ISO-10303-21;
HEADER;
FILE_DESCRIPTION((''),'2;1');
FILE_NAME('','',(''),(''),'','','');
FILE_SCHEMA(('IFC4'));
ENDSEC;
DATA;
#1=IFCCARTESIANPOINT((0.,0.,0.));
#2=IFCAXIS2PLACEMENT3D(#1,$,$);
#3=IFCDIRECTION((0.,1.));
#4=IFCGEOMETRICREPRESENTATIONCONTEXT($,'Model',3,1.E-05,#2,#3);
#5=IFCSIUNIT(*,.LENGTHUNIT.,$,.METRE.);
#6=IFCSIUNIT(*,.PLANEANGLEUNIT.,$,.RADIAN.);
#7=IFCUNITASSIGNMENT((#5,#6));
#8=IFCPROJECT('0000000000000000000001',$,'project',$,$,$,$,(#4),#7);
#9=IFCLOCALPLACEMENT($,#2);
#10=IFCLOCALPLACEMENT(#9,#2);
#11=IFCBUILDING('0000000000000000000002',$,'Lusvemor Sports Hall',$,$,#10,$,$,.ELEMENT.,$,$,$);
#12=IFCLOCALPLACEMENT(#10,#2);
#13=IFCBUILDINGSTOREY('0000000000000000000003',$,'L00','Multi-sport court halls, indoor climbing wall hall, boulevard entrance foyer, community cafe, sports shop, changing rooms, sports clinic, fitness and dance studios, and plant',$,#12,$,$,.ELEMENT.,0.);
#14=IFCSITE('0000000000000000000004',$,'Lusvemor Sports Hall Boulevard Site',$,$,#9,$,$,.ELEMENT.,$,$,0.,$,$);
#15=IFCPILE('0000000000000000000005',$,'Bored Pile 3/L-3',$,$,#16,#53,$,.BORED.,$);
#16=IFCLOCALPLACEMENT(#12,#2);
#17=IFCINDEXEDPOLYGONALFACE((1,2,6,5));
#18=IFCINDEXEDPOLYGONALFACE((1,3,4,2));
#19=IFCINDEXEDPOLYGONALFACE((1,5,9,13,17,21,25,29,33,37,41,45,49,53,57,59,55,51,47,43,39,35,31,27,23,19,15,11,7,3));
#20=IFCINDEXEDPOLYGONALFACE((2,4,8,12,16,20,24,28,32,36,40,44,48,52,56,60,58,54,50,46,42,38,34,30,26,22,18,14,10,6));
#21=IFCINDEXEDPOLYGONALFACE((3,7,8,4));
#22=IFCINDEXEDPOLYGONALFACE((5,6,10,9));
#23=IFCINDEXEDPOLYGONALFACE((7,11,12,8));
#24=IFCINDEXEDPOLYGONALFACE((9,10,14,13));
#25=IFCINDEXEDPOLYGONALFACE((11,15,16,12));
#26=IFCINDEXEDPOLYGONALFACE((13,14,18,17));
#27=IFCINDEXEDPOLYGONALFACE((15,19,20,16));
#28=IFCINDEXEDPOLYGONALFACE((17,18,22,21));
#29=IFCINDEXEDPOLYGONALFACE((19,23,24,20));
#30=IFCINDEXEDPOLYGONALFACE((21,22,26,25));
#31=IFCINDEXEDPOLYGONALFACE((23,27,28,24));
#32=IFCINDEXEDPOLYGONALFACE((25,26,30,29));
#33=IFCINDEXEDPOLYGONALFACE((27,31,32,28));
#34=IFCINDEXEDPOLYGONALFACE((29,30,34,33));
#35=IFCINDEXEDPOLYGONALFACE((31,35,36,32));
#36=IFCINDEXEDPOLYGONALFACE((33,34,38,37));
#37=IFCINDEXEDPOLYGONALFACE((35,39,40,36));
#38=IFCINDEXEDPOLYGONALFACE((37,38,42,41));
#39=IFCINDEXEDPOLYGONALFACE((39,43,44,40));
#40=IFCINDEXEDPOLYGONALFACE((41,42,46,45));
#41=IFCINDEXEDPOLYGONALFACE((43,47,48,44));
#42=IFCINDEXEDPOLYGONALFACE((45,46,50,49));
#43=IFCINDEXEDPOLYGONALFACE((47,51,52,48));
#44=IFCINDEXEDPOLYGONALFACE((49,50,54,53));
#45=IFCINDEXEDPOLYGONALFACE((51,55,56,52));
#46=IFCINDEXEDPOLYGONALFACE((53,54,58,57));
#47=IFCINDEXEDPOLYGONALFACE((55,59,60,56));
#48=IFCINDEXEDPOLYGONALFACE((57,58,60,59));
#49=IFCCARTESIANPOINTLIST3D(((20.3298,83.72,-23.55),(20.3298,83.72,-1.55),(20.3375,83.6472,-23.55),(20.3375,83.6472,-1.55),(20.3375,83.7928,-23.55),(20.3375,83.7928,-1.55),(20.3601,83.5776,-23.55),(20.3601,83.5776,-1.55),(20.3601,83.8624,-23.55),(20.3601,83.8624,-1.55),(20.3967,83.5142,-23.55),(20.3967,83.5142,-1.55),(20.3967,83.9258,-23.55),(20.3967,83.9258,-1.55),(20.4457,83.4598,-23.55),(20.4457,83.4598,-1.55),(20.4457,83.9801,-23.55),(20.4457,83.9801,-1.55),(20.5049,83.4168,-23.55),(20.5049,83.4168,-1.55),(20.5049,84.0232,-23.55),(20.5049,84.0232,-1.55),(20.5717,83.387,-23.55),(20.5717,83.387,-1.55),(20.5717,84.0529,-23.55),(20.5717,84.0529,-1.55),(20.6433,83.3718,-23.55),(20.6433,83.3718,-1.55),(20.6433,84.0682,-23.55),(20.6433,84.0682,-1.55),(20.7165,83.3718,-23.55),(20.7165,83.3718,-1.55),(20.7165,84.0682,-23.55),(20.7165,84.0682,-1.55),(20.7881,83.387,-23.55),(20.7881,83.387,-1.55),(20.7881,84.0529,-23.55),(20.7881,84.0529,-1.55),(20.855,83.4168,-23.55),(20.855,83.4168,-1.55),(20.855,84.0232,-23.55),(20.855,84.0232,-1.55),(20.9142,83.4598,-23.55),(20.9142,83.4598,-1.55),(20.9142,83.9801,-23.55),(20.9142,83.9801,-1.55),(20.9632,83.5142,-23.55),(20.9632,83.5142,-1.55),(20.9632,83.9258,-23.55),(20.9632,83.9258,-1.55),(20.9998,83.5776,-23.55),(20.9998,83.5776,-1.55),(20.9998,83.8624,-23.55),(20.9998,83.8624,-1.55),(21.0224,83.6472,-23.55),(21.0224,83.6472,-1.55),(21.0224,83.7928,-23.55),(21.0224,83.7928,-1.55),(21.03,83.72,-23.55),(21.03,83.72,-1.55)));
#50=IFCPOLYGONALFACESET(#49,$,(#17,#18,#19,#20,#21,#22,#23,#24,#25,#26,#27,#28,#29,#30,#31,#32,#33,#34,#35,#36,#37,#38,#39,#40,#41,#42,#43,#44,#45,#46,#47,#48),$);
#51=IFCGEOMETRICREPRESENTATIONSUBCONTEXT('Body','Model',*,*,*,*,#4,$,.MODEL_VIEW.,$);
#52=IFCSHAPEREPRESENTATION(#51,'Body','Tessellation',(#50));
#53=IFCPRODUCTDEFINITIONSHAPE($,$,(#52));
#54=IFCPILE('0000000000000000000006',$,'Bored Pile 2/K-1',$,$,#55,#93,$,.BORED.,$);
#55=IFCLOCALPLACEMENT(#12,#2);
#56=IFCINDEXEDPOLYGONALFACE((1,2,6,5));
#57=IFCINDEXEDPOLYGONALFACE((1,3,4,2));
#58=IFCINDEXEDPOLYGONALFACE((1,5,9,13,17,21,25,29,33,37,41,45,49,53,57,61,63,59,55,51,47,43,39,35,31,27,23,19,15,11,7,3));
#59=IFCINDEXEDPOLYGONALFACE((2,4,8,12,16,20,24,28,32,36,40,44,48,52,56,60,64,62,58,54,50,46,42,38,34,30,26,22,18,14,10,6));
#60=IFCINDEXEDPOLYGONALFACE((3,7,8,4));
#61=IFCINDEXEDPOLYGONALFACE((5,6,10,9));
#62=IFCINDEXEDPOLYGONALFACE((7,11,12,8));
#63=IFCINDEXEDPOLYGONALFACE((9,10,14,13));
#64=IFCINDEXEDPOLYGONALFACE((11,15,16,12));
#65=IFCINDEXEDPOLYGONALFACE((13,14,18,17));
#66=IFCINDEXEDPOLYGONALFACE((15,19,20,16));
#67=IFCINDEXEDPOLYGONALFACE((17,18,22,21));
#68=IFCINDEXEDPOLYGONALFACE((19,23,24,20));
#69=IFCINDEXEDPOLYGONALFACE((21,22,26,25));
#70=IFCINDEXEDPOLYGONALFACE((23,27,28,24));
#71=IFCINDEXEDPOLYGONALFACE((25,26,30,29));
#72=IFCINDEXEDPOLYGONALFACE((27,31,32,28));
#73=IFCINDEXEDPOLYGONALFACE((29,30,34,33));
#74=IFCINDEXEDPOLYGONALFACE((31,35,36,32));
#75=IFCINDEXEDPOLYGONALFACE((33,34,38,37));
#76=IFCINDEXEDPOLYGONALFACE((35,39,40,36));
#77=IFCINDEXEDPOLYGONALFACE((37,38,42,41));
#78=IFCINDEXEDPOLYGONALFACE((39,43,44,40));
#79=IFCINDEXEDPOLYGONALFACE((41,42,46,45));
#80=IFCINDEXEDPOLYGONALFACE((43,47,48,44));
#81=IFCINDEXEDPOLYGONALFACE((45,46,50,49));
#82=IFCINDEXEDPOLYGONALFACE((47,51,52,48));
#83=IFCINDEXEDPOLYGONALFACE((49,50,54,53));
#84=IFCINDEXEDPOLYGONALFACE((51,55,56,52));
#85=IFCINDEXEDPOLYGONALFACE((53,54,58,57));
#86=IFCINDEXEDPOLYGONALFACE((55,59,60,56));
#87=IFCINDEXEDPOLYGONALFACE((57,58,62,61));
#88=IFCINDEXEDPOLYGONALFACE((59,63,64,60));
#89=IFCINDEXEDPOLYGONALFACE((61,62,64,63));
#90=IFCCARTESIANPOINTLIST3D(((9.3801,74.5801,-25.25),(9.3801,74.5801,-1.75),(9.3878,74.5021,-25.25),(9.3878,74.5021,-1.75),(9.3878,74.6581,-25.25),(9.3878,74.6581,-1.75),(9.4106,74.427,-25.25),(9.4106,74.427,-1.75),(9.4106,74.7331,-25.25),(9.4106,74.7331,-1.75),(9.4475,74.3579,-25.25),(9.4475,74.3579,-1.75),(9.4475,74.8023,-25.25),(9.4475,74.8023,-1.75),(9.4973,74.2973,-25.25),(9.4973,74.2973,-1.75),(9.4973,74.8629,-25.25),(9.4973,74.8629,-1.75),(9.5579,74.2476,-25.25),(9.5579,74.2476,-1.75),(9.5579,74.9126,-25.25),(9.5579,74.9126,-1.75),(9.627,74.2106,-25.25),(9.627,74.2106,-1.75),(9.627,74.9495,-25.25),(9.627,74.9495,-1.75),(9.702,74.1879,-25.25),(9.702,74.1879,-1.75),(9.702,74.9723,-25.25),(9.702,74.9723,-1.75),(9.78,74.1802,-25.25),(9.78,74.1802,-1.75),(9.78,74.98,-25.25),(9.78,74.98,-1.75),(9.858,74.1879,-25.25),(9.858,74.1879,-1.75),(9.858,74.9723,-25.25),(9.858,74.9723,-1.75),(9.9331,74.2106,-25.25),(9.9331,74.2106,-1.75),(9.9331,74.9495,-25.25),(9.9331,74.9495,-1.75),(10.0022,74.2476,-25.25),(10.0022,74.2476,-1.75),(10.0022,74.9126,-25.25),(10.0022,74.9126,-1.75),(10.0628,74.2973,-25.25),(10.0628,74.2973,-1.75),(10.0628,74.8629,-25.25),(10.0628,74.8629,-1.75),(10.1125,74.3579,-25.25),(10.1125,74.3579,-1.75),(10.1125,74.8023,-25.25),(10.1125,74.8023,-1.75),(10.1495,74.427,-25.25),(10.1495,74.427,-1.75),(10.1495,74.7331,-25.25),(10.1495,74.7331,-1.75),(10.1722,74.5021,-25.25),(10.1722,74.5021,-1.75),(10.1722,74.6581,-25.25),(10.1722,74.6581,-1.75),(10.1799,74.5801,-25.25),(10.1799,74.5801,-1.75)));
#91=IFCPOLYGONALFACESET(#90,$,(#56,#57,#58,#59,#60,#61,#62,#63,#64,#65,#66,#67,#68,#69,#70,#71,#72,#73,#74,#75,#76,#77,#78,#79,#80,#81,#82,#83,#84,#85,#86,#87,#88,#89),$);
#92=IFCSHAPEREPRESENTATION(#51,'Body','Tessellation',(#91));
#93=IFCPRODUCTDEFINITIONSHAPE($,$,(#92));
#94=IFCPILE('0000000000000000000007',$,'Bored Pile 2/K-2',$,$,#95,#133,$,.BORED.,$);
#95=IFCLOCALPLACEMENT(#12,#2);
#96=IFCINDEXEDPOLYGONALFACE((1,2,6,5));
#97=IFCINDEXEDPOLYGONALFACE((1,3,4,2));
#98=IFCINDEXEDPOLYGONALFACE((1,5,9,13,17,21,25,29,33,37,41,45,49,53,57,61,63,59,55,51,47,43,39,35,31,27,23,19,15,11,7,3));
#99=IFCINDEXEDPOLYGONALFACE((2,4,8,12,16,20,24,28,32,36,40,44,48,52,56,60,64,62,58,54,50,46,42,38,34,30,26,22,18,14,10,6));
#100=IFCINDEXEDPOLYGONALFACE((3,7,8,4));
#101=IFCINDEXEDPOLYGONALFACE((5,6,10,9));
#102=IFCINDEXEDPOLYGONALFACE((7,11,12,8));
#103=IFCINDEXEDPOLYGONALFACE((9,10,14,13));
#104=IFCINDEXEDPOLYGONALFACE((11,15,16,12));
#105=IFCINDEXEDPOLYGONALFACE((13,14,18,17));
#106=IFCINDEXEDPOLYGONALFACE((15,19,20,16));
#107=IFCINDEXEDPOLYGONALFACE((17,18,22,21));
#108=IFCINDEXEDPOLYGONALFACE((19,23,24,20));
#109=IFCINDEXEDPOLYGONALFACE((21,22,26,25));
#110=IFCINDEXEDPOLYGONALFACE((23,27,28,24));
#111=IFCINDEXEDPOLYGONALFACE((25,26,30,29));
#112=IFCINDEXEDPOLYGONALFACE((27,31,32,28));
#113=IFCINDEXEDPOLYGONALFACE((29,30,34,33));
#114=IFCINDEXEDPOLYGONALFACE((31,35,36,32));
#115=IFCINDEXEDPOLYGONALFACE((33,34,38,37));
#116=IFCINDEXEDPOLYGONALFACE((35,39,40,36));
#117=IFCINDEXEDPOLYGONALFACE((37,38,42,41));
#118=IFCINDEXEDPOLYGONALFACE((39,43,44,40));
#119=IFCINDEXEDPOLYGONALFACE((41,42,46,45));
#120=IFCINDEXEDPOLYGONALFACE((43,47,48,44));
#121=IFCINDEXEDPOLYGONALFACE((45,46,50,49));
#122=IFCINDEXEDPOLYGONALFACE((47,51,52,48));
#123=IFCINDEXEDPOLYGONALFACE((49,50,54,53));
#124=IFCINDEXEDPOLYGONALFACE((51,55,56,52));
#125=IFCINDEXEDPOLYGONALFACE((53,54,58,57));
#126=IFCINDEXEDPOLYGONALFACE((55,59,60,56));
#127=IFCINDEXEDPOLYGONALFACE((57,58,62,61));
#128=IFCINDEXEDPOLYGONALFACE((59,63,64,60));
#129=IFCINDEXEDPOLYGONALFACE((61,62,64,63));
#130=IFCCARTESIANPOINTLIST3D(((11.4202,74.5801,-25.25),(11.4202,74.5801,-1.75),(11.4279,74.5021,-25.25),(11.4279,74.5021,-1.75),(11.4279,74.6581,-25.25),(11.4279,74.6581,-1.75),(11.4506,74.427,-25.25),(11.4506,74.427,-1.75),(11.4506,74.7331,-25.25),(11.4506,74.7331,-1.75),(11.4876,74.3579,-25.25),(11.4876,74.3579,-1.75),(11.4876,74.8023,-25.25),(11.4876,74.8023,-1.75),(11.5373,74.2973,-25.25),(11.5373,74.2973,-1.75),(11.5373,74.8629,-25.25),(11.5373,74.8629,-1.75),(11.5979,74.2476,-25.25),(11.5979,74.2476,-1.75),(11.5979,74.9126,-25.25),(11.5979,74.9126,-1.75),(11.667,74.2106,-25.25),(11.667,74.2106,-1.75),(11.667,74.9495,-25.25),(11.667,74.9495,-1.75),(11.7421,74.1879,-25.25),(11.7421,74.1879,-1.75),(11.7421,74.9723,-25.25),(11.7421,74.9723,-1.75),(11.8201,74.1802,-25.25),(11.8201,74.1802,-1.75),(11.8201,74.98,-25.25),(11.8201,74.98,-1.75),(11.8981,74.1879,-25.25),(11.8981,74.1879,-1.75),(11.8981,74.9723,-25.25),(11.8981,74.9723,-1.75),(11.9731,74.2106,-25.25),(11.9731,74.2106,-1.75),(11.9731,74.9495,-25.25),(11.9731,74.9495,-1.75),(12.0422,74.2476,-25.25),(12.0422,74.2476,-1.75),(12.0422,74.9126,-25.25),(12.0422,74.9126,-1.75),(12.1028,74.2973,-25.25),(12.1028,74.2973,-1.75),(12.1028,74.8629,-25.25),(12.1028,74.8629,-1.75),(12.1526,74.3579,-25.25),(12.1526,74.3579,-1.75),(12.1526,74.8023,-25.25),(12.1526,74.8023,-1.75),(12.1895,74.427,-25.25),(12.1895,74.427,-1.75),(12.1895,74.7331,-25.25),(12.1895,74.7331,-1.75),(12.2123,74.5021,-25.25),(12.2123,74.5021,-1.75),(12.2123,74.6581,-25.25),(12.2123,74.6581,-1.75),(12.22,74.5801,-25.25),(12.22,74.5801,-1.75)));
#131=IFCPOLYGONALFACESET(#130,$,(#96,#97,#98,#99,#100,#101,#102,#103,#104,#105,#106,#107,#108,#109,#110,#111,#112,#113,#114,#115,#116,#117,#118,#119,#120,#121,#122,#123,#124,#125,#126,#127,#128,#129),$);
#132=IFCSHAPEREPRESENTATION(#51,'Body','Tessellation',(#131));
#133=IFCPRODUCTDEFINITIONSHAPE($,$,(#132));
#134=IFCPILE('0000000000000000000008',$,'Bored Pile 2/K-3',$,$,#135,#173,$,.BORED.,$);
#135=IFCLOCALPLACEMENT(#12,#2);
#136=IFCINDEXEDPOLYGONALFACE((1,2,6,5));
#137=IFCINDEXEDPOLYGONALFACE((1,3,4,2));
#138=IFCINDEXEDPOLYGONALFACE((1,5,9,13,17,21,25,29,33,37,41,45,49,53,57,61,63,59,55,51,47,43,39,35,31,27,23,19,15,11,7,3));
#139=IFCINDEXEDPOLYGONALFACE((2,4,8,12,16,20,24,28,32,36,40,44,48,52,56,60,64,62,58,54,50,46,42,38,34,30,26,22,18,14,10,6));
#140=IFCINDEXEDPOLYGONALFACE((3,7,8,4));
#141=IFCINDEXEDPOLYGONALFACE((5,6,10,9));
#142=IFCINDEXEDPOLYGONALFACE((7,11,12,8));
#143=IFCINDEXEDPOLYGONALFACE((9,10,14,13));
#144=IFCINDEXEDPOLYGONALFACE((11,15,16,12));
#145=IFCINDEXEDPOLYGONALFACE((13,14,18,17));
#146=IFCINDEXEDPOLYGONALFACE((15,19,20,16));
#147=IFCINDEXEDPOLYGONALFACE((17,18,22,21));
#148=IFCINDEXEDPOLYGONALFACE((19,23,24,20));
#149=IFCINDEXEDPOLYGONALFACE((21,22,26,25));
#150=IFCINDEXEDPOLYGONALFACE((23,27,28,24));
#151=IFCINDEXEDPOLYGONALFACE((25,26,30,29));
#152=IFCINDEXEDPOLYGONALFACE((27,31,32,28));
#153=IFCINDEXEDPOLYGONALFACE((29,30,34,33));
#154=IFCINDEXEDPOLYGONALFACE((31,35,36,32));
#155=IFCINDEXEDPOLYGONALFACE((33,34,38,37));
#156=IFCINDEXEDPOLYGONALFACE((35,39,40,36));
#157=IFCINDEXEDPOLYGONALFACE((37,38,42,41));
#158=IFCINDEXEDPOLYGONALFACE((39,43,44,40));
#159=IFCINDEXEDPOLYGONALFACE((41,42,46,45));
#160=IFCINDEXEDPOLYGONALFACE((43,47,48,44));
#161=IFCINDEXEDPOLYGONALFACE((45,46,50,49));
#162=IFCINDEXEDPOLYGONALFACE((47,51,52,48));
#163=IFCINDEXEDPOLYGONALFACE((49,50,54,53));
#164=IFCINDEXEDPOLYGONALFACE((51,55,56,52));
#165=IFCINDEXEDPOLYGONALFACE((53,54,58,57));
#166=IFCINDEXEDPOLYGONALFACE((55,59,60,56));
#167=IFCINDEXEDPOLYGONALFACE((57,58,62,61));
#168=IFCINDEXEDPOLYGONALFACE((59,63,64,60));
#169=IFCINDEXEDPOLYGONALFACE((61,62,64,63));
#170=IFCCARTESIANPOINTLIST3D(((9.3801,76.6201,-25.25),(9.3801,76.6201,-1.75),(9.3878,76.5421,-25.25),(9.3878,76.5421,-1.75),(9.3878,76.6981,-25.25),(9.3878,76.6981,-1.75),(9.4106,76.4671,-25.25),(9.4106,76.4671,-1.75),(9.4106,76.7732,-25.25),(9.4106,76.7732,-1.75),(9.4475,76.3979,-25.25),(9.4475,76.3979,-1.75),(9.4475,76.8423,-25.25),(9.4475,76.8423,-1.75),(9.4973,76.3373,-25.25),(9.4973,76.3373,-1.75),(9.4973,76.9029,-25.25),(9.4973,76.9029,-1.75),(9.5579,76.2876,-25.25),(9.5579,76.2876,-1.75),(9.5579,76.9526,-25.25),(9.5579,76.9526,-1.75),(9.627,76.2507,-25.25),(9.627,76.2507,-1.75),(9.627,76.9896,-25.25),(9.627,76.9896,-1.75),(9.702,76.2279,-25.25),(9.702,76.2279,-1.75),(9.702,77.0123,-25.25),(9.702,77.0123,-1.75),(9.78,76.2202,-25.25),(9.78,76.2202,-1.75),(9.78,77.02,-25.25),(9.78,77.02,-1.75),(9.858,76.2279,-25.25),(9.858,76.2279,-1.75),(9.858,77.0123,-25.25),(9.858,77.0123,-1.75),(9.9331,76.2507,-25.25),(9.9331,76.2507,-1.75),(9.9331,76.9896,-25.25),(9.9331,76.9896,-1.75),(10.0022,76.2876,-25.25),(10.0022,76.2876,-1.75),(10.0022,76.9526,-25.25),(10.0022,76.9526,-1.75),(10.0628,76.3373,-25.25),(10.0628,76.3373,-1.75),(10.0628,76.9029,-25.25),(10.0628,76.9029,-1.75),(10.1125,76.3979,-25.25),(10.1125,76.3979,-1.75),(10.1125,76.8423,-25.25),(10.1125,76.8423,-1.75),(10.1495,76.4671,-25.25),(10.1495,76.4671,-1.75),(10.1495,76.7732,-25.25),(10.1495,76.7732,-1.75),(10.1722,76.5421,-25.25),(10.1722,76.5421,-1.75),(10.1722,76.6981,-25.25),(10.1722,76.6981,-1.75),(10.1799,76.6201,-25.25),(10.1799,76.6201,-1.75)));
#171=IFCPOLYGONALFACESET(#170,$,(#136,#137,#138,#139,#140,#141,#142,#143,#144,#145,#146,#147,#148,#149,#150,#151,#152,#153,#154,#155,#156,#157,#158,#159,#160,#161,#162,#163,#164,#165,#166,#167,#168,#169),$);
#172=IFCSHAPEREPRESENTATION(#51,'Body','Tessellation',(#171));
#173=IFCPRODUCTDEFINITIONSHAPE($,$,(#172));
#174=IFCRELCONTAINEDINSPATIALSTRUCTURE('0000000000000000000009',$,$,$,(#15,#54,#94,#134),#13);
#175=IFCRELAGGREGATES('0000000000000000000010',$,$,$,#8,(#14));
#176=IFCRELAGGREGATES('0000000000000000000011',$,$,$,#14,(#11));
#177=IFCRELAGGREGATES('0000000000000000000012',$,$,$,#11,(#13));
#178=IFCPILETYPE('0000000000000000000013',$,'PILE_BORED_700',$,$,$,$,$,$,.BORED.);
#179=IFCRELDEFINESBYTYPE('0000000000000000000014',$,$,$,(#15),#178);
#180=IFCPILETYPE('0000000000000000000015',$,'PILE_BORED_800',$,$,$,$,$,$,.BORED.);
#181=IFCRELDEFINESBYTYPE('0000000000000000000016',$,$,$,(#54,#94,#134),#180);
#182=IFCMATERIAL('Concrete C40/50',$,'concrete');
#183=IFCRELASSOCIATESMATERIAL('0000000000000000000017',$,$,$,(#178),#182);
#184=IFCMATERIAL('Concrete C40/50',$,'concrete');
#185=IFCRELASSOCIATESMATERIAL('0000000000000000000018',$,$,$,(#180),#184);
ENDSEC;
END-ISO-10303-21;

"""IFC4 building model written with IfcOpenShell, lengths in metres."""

from ifc_helpers import new_model, si_unit, direction, frame, origin, origin_2d, place, context, subcontext, project, spatial, circle, extrude, material, material_profile, profile_set, type_object, element, save


model = new_model("IFC4")

# Units and contexts
model_context = context("Model", 3, precision=1e-05, world=origin(), true_north=direction((0.0, 1.0)))
body_context = subcontext(model_context, "Body", "Model", "MODEL_VIEW")
ifc_project = project(units=[si_unit("LENGTHUNIT", "METRE"), si_unit("PLANEANGLEUNIT", "RADIAN")], contexts=[model_context])

# Site, building, storey
site_placement = place(None, origin())
site = spatial("IfcSite", under=ifc_project, at=site_placement, Name="Lusvemor Sports Hall Boulevard Site", CompositionType="ELEMENT", RefElevation=0.0)
building_placement = place(site_placement, origin())
building = spatial("IfcBuilding", under=site, at=building_placement, Name="Lusvemor Sports Hall", CompositionType="ELEMENT")
storey_placement = place(building_placement, origin())
storey = spatial("IfcBuildingStorey", under=building, at=storey_placement, Name="L00", Description="Multi-sport court halls, indoor climbing wall hall, boulevard entrance foyer, community cafe, sports shop, changing rooms, sports clinic, fitness and dance studios, and plant", CompositionType="ELEMENT", Elevation=0.0)

# Piles
ifc_material_1 = material(Name="Concrete C40/50", Category="concrete")
ifc_material_profile_1 = material_profile(ifc_material_1, circle(Radius=0.3501, at=origin_2d()), Name="PILE700")
ifc_profile_set_1 = profile_set([ifc_material_profile_1], Name="Concrete C40/50")
pile_type_1 = type_object("IfcPileType", Name="PILE_BORED_700", PredefinedType="BORED", material=ifc_profile_set_1)
for number, where, z_axis, x_axis, name in (
    (1, (20.6799, 83.72, -1.55), (0.0, 0.0, -1.0), (1.0, 0.0, 0.0), "Bored Pile 3/L-3"),
):
    element("IfcPile", number, at=place(storey_placement, frame(where, z_axis=z_axis, x_axis=x_axis)), inside=storey, type_object=pile_type_1, Name=name, PredefinedType="BORED", context=body_context, shape_type="SweptSolid", body=[
        extrude(circle(Radius=0.3501, at=origin_2d()), origin(), (0.0, 0.0, 1.0), 22.0),
    ])
ifc_material_2 = material(Name="Concrete C40/50", Category="concrete")
ifc_material_profile_2 = material_profile(ifc_material_2, circle(Radius=0.3999, at=origin_2d()), Name="PILE800")
ifc_profile_set_2 = profile_set([ifc_material_profile_2], Name="Concrete C40/50")
pile_type_2 = type_object("IfcPileType", Name="PILE_BORED_800", PredefinedType="BORED", material=ifc_profile_set_2)
for number, where, z_axis, x_axis, name in (
    (2, (9.78, 74.5801, -1.75), (0.0, 0.0, -1.0), (1.0, 0.0, 0.0), "Bored Pile 2/K-1"),
    (3, (11.8201, 74.5801, -1.75), (0.0, 0.0, -1.0), (1.0, 0.0, 0.0), "Bored Pile 2/K-2"),
    (4, (9.78, 76.6201, -1.75), (0.0, 0.0, -1.0), (1.0, 0.0, 0.0), "Bored Pile 2/K-3"),
):
    element("IfcPile", number, at=place(storey_placement, frame(where, z_axis=z_axis, x_axis=x_axis)), inside=storey, type_object=pile_type_2, Name=name, PredefinedType="BORED", context=body_context, shape_type="SweptSolid", body=[
        extrude(circle(Radius=0.3999, at=origin_2d()), origin(), (0.0, 0.0, 1.0), 23.5),
    ])

save(model, "model.ifc")
